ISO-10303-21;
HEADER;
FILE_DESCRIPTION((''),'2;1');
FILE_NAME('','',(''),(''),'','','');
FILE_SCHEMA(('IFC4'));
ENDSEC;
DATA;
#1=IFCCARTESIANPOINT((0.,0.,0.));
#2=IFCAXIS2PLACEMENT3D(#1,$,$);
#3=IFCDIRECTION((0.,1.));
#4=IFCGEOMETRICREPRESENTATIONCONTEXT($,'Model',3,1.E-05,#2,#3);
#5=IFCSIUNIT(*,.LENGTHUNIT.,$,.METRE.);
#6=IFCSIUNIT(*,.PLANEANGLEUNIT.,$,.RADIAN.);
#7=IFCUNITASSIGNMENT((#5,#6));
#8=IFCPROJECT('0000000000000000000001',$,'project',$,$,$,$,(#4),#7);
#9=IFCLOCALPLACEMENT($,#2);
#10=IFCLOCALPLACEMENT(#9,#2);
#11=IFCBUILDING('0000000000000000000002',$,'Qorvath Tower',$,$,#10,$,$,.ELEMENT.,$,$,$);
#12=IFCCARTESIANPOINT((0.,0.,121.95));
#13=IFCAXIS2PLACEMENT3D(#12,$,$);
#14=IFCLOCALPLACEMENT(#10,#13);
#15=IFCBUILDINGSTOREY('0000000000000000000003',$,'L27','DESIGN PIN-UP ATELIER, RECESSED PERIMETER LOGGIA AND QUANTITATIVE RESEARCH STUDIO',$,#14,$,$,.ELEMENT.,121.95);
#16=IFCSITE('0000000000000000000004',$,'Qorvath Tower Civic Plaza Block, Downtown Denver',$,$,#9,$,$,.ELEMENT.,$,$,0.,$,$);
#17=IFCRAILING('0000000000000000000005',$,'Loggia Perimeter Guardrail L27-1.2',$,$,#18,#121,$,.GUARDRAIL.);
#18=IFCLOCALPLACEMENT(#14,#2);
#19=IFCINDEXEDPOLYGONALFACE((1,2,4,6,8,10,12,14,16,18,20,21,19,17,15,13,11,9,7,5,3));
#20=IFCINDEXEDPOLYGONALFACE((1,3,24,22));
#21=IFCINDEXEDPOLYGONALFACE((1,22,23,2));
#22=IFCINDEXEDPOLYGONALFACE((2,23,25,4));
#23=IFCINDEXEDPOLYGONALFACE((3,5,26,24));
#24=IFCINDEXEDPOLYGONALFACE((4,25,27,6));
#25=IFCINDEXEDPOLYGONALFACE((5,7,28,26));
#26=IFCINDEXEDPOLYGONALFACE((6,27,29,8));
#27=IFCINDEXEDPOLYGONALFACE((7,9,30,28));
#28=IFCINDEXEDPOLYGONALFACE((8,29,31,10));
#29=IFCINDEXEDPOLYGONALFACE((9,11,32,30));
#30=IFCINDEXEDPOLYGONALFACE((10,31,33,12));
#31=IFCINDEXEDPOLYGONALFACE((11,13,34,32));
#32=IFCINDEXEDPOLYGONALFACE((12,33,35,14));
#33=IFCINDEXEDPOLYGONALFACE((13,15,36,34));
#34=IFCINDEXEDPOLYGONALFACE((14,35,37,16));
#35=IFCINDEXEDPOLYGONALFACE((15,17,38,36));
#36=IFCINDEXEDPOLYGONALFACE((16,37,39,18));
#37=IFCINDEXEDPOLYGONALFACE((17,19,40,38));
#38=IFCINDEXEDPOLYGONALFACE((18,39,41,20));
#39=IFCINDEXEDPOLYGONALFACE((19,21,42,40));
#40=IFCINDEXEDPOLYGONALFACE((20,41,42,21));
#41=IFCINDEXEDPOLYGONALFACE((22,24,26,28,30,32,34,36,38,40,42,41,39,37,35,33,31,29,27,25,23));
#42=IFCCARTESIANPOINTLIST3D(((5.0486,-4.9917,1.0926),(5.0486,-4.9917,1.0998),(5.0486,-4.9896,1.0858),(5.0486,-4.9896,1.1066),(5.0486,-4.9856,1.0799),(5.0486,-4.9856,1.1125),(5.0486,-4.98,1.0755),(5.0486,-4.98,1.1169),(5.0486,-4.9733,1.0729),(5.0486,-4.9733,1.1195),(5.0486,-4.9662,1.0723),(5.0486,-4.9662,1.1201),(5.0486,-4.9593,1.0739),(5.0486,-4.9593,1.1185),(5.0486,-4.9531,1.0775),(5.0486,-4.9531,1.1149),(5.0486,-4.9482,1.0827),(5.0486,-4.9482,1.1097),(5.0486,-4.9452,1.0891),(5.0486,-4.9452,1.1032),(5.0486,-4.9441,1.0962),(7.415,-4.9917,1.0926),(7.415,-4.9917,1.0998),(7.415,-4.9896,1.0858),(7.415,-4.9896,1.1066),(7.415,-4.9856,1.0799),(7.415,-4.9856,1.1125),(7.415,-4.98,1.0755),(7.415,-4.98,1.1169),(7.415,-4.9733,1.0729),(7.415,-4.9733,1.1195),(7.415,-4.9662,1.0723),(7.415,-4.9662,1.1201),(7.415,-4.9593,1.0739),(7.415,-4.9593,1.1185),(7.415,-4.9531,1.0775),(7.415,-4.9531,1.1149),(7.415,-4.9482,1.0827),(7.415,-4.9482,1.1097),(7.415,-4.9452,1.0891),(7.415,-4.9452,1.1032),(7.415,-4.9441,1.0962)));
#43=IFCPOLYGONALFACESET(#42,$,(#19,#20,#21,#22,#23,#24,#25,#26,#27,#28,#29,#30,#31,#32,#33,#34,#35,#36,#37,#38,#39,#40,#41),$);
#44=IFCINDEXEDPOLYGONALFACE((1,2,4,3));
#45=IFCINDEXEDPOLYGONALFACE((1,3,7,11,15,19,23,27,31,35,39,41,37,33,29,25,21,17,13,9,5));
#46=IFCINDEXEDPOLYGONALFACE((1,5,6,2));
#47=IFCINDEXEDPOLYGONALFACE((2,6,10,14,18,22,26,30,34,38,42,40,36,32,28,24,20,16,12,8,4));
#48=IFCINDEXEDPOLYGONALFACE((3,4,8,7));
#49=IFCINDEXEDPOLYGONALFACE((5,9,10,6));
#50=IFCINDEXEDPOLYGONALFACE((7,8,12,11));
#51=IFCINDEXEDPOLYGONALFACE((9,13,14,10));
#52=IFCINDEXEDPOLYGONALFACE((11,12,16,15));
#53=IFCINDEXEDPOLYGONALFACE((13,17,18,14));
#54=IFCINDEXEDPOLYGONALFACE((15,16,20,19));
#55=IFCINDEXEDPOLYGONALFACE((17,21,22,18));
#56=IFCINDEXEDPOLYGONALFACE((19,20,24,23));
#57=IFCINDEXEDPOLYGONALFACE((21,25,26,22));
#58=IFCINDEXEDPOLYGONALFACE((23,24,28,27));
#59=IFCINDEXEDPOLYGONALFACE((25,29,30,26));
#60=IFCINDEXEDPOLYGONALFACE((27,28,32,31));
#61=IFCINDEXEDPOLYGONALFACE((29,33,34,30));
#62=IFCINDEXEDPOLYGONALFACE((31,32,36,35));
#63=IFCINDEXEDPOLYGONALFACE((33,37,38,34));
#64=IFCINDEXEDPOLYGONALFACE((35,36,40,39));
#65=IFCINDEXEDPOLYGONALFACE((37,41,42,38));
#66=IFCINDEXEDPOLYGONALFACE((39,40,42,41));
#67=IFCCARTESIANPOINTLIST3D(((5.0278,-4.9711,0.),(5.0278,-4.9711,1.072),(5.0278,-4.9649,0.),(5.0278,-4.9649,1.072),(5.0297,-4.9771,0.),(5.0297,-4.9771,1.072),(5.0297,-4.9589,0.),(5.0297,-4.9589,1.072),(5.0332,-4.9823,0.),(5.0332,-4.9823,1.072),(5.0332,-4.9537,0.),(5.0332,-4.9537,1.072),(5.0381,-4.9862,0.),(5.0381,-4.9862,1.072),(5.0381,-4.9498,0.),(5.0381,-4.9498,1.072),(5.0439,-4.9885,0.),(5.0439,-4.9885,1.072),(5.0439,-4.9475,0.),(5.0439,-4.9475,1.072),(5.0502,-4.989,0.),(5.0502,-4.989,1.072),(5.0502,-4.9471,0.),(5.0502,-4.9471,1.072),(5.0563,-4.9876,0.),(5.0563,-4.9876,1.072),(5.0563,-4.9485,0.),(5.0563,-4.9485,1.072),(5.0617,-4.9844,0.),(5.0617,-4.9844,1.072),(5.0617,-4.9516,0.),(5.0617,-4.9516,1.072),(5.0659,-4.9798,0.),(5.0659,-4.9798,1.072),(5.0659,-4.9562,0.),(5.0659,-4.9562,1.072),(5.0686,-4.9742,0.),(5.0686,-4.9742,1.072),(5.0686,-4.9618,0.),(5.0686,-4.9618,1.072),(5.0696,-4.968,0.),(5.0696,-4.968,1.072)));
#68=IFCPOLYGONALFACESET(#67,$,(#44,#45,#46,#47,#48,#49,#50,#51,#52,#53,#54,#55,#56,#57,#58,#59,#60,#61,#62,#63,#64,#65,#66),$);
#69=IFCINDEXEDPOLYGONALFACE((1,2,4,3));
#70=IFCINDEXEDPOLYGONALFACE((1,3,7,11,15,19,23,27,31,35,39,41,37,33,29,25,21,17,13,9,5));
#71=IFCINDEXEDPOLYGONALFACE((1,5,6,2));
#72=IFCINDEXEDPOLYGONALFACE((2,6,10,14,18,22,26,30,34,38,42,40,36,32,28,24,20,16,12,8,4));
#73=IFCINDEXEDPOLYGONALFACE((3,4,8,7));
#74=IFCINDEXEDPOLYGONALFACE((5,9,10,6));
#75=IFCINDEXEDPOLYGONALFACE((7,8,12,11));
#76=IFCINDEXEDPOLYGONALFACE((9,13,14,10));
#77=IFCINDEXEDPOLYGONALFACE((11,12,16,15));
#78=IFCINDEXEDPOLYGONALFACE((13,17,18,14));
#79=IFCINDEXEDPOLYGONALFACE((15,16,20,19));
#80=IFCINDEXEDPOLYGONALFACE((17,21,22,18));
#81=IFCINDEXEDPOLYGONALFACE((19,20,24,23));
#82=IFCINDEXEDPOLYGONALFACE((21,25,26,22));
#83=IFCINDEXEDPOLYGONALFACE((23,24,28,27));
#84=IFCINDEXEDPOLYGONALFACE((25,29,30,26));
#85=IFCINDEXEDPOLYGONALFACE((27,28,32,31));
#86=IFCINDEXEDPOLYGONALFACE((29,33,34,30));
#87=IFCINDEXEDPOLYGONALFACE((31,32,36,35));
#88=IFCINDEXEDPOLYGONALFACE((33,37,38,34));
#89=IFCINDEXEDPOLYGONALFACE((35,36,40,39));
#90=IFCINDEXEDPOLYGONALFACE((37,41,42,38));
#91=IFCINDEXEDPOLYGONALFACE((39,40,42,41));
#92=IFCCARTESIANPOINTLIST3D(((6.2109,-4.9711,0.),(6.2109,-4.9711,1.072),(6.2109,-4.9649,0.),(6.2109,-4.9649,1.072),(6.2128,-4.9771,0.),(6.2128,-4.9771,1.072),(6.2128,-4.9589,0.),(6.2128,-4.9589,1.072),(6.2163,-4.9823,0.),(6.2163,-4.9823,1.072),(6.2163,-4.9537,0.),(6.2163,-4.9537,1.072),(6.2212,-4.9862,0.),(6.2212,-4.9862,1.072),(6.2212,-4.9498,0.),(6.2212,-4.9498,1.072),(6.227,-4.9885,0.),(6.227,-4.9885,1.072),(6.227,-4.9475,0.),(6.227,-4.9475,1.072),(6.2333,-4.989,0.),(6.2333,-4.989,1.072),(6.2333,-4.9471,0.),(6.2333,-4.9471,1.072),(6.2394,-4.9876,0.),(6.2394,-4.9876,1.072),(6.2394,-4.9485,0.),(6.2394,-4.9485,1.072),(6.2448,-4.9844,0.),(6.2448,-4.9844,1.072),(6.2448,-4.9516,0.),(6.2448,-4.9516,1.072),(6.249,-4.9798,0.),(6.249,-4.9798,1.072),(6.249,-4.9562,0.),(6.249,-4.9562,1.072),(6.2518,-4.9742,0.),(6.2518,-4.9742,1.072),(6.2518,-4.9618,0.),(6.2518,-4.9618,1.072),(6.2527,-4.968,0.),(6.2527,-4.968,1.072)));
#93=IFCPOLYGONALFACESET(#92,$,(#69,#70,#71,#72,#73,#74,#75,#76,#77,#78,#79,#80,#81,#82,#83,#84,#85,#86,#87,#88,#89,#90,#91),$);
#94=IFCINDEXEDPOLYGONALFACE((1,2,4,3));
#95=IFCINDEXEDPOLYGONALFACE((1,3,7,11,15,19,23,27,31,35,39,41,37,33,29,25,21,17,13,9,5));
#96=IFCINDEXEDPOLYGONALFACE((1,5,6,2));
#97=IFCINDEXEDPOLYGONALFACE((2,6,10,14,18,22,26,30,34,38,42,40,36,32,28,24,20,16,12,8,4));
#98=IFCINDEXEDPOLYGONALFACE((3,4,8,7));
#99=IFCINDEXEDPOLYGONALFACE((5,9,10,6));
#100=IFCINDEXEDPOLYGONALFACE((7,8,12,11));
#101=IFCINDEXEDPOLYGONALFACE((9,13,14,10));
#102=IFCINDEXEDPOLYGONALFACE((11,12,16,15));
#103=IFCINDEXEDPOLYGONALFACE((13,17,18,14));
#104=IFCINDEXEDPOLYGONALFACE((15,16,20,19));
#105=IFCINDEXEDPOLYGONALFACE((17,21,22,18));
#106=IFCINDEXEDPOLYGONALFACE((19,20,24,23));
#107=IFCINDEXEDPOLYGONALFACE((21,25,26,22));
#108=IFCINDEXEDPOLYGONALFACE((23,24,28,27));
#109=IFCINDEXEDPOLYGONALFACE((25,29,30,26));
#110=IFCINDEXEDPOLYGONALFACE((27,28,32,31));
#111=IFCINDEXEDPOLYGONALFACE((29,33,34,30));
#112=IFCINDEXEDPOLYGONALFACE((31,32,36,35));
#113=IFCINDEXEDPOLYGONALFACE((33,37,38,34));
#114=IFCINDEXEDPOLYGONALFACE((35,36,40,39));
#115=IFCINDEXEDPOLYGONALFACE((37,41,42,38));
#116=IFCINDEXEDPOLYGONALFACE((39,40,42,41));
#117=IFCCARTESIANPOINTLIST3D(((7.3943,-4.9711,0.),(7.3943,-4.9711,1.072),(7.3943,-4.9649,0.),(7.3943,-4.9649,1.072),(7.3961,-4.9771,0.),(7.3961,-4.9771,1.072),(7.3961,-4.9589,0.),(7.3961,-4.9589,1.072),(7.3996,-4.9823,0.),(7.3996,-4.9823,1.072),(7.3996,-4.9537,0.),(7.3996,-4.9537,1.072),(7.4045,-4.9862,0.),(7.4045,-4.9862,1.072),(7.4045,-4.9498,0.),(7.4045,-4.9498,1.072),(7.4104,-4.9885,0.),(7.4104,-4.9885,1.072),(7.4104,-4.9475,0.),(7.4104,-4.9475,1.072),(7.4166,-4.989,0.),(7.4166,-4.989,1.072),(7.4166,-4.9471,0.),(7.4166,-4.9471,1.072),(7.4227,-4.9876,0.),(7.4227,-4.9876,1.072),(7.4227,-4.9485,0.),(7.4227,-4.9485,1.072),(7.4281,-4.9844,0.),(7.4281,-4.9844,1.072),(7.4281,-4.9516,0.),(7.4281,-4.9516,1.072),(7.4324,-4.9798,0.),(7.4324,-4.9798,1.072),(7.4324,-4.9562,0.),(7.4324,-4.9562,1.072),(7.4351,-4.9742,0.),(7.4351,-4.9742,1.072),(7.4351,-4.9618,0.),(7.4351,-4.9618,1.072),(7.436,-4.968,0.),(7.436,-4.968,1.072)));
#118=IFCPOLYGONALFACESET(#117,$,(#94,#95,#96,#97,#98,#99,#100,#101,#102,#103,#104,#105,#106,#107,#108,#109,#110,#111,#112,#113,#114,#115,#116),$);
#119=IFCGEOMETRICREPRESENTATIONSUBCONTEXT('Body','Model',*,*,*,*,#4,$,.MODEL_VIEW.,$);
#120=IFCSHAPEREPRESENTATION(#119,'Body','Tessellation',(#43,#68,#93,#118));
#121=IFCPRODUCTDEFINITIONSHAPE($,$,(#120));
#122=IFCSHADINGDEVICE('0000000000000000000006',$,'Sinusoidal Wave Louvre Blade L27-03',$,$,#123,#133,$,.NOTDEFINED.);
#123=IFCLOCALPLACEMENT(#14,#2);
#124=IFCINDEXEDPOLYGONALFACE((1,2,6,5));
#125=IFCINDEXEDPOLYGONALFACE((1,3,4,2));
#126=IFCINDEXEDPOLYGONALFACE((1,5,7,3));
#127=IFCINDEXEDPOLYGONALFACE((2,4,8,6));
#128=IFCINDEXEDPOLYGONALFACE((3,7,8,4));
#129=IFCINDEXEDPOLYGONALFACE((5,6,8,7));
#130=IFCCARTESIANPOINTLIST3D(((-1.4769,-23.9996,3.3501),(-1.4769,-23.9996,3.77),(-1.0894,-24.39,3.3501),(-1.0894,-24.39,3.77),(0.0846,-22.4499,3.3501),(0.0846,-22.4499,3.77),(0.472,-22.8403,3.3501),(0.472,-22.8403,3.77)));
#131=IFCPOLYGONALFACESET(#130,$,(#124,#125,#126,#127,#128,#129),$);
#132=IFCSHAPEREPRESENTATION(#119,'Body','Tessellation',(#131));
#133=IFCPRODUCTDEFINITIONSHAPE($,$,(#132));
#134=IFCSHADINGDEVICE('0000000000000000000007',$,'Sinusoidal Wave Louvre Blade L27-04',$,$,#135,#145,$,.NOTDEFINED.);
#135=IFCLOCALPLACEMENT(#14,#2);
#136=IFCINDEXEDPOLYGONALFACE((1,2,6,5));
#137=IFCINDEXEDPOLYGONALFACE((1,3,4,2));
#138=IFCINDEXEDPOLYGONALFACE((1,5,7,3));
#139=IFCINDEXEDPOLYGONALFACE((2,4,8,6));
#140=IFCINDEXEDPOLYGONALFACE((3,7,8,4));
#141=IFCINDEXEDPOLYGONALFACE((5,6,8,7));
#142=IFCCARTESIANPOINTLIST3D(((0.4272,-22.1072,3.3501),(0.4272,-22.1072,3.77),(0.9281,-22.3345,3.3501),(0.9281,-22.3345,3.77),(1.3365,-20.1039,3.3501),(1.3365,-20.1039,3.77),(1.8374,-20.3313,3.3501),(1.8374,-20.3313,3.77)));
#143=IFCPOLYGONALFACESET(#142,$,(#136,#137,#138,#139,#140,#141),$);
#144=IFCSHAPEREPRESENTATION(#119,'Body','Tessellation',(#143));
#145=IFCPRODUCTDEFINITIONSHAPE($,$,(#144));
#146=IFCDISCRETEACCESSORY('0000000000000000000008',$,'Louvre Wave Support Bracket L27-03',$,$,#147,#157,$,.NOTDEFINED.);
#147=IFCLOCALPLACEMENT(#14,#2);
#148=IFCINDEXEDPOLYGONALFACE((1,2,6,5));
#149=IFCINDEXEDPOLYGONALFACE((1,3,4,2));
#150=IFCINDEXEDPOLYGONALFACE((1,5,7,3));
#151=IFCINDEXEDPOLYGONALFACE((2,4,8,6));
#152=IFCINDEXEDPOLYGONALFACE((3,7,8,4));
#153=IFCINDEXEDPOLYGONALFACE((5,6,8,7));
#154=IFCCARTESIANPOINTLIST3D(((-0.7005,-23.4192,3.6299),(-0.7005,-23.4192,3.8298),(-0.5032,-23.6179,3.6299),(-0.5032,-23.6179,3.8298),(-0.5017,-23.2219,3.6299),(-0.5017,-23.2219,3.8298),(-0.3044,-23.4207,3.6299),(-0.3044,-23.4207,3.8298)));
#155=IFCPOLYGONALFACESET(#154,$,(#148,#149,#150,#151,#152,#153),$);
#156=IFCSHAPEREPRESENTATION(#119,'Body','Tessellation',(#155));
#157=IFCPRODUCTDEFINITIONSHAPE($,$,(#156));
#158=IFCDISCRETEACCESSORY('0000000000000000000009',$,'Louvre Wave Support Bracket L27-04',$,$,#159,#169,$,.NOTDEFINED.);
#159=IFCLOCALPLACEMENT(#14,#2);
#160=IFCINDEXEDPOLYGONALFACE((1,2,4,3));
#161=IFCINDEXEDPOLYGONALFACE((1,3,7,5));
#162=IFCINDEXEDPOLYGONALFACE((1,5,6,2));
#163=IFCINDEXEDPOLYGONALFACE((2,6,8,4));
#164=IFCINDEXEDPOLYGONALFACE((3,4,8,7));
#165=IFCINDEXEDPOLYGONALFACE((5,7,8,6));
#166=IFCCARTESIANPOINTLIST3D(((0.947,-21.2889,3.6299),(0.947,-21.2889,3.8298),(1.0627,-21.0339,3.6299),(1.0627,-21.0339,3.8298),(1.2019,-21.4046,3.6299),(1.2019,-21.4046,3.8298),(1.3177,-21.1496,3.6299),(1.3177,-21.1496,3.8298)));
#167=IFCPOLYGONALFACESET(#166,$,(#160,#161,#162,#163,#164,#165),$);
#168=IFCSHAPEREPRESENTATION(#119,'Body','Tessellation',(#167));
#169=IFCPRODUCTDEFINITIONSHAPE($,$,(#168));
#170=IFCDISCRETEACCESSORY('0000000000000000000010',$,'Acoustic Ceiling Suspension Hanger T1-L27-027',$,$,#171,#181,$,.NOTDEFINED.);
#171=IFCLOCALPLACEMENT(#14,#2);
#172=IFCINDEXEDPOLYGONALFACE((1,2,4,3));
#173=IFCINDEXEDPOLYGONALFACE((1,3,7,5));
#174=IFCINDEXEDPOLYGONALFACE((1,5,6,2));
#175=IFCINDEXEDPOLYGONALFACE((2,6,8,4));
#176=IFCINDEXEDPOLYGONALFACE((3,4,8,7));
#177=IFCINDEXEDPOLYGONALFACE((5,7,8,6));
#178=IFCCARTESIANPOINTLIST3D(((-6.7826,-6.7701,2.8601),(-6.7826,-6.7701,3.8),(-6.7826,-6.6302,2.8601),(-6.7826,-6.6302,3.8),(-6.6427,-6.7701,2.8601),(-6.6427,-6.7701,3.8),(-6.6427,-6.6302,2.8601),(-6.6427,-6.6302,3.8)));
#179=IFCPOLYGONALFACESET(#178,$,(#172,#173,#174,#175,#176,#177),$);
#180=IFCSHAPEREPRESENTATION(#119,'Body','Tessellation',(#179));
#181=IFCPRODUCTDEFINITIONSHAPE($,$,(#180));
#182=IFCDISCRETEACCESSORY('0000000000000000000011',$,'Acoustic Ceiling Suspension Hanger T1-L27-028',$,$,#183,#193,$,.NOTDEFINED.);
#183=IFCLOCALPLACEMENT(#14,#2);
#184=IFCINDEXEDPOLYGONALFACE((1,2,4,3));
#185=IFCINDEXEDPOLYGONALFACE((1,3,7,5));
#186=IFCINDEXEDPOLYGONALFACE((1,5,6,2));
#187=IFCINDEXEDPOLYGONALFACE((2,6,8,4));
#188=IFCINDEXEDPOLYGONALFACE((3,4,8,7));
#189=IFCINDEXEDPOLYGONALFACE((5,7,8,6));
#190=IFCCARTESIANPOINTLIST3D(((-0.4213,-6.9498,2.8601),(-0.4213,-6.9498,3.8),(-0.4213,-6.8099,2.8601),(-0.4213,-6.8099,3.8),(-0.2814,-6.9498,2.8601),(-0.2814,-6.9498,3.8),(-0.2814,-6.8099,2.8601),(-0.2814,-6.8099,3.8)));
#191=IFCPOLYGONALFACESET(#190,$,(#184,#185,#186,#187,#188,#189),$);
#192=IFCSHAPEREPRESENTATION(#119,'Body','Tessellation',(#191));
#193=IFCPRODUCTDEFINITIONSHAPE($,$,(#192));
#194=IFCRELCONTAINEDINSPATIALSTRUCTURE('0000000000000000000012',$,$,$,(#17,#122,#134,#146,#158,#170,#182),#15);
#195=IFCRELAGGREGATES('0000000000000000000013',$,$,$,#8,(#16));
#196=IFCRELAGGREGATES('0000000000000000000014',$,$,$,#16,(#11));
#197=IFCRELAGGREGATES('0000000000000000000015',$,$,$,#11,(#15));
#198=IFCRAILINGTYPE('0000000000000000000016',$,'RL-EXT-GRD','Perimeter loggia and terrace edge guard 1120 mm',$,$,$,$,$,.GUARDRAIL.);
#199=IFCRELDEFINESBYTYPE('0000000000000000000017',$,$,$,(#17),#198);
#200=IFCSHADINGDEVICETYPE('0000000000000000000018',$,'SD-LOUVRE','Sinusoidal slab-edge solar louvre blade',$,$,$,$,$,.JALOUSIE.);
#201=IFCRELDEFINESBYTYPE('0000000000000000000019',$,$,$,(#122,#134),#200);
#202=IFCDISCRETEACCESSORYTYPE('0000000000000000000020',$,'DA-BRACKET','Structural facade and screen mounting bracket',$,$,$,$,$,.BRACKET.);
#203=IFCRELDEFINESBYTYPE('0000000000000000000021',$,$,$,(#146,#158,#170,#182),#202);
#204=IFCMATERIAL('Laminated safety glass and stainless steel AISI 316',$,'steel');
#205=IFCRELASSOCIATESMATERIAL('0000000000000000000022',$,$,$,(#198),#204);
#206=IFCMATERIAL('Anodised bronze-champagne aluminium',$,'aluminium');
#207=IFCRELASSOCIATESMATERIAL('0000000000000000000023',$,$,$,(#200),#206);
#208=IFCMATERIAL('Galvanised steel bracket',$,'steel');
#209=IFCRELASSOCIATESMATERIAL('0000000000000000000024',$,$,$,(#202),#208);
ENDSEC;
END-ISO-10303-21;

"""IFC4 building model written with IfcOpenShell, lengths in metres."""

from ifc_helpers import new_model, si_unit, direction, frame, origin, origin_2d, place, context, subcontext, project, spatial, rectangle, circle, extrude, material, type_object, element, save


model = new_model("IFC4")

# Units and contexts
model_context = context("Model", 3, precision=1e-05, world=origin(), true_north=direction((0.0, 1.0)))
body_context = subcontext(model_context, "Body", "Model", "MODEL_VIEW")
ifc_project = project(units=[si_unit("LENGTHUNIT", "METRE"), si_unit("PLANEANGLEUNIT", "RADIAN")], contexts=[model_context])

# Site, building, storey
site_placement = place(None, origin())
site = spatial("IfcSite", under=ifc_project, at=site_placement, Name="Qorvath Tower Civic Plaza Block, Downtown Denver", CompositionType="ELEMENT", RefElevation=0.0)
building_placement = place(site_placement, origin())
building = spatial("IfcBuilding", under=site, at=building_placement, Name="Qorvath Tower", CompositionType="ELEMENT")
storey_placement = place(building_placement, frame((0.0, 0.0, 121.95)))
storey = spatial("IfcBuildingStorey", under=building, at=storey_placement, Name="L27", Description="DESIGN PIN-UP ATELIER, RECESSED PERIMETER LOGGIA AND QUANTITATIVE RESEARCH STUDIO", CompositionType="ELEMENT", Elevation=121.95)

# Railing
ifc_material_1 = material(Name="Laminated safety glass and stainless steel AISI 316", Category="steel")
railing_type = type_object("IfcRailingType", Name="RL-EXT-GRD", Description="Perimeter loggia and terrace edge guard 1120 mm", PredefinedType="GUARDRAIL", material=ifc_material_1)
railing_1_placement = place(storey_placement, frame((5.0486, -4.968, 0.0)))
element("IfcRailing", 1, at=railing_1_placement, inside=storey, type_object=railing_type, Name="Loggia Perimeter Guardrail L27-1.2", PredefinedType="GUARDRAIL", context=body_context, shape_type="SweptSolid", body=[
    extrude(circle(Radius=0.0239, at=origin_2d()), frame((0.0, 0.0, 1.0962), z_axis=(1.0, 0.0, 0.0), x_axis=(0.0, 1.0, 0.0)), (0.0, 0.0, 1.0), 2.3665),
    extrude(circle(Radius=0.021, at=origin_2d()), origin(), (0.0, 0.0, 1.0), 1.072),
    extrude(circle(Radius=0.021, at=origin_2d()), frame((1.1831, 0.0, 0.0)), (0.0, 0.0, 1.0), 1.072),
    extrude(circle(Radius=0.021, at=origin_2d()), frame((2.3665, 0.0, 0.0)), (0.0, 0.0, 1.0), 1.072),
])

# Shading devices
ifc_material_2 = material(Name="Anodised bronze-champagne aluminium", Category="aluminium")
shading_device_type = type_object("IfcShadingDeviceType", Name="SD-LOUVRE", Description="Sinusoidal slab-edge solar louvre blade", PredefinedType="JALOUSIE", material=ifc_material_2)
for number, where, z_axis, x_axis, name in (
    (2, (-0.5024, -23.4199, 3.3501), (0.0, 0.0, 1.0), (0.709769, 0.704435, 0.0), "Sinusoidal Wave Louvre Blade L27-03"),
    (3, (1.1323, -21.2192, 3.3501), (0.0, 0.0, 1.0), (0.413332, 0.910581, 0.0), "Sinusoidal Wave Louvre Blade L27-04"),
):
    element("IfcShadingDevice", number, at=place(storey_placement, frame(where, z_axis=z_axis, x_axis=x_axis)), inside=storey, type_object=shading_device_type, Name=name, PredefinedType="NOTDEFINED", context=body_context, shape_type="SweptSolid", body=[
        extrude(rectangle(XDim=2.2, YDim=0.55, at=origin_2d()), origin(), (0.0, 0.0, 1.0), 0.4199),
    ])

# Discrete accessories
ifc_material_3 = material(Name="Galvanised steel bracket", Category="steel")
discrete_accessory_type = type_object("IfcDiscreteAccessoryType", Name="DA-BRACKET", Description="Structural facade and screen mounting bracket", PredefinedType="BRACKET", material=ifc_material_3)
for number, where, z_axis, x_axis, name in (
    (4, (-0.5024, -23.4199, 3.6299), (0.0, 0.0, 1.0), (0.709769, 0.704435, 0.0), "Louvre Wave Support Bracket L27-03"),
    (5, (1.1323, -21.2192, 3.6299), (0.0, 0.0, 1.0), (0.413332, 0.910581, 0.0), "Louvre Wave Support Bracket L27-04"),
):
    element("IfcDiscreteAccessory", number, at=place(storey_placement, frame(where, z_axis=z_axis, x_axis=x_axis)), inside=storey, type_object=discrete_accessory_type, Name=name, PredefinedType="NOTDEFINED", context=body_context, shape_type="SweptSolid", body=[
        extrude(rectangle(XDim=0.28, YDim=0.28, at=origin_2d()), origin(), (0.0, 0.0, 1.0), 0.2),
    ])
for number, where, z_axis, x_axis, name in (
    (6, (-6.7126, -6.7002, 2.8601), (0.0, 0.0, 1.0), (1.0, 0.0, 0.0), "Acoustic Ceiling Suspension Hanger T1-L27-027"),
    (7, (-0.3513, -6.8799, 2.8601), (0.0, 0.0, 1.0), (1.0, 0.0, 0.0), "Acoustic Ceiling Suspension Hanger T1-L27-028"),
):
    element("IfcDiscreteAccessory", number, at=place(storey_placement, frame(where, z_axis=z_axis, x_axis=x_axis)), inside=storey, type_object=discrete_accessory_type, Name=name, PredefinedType="NOTDEFINED", context=body_context, shape_type="SweptSolid", body=[
        extrude(rectangle(XDim=0.1399, YDim=0.1399, at=origin_2d()), origin(), (0.0, 0.0, 1.0), 0.9399),
    ])

save(model, "model.ifc")
